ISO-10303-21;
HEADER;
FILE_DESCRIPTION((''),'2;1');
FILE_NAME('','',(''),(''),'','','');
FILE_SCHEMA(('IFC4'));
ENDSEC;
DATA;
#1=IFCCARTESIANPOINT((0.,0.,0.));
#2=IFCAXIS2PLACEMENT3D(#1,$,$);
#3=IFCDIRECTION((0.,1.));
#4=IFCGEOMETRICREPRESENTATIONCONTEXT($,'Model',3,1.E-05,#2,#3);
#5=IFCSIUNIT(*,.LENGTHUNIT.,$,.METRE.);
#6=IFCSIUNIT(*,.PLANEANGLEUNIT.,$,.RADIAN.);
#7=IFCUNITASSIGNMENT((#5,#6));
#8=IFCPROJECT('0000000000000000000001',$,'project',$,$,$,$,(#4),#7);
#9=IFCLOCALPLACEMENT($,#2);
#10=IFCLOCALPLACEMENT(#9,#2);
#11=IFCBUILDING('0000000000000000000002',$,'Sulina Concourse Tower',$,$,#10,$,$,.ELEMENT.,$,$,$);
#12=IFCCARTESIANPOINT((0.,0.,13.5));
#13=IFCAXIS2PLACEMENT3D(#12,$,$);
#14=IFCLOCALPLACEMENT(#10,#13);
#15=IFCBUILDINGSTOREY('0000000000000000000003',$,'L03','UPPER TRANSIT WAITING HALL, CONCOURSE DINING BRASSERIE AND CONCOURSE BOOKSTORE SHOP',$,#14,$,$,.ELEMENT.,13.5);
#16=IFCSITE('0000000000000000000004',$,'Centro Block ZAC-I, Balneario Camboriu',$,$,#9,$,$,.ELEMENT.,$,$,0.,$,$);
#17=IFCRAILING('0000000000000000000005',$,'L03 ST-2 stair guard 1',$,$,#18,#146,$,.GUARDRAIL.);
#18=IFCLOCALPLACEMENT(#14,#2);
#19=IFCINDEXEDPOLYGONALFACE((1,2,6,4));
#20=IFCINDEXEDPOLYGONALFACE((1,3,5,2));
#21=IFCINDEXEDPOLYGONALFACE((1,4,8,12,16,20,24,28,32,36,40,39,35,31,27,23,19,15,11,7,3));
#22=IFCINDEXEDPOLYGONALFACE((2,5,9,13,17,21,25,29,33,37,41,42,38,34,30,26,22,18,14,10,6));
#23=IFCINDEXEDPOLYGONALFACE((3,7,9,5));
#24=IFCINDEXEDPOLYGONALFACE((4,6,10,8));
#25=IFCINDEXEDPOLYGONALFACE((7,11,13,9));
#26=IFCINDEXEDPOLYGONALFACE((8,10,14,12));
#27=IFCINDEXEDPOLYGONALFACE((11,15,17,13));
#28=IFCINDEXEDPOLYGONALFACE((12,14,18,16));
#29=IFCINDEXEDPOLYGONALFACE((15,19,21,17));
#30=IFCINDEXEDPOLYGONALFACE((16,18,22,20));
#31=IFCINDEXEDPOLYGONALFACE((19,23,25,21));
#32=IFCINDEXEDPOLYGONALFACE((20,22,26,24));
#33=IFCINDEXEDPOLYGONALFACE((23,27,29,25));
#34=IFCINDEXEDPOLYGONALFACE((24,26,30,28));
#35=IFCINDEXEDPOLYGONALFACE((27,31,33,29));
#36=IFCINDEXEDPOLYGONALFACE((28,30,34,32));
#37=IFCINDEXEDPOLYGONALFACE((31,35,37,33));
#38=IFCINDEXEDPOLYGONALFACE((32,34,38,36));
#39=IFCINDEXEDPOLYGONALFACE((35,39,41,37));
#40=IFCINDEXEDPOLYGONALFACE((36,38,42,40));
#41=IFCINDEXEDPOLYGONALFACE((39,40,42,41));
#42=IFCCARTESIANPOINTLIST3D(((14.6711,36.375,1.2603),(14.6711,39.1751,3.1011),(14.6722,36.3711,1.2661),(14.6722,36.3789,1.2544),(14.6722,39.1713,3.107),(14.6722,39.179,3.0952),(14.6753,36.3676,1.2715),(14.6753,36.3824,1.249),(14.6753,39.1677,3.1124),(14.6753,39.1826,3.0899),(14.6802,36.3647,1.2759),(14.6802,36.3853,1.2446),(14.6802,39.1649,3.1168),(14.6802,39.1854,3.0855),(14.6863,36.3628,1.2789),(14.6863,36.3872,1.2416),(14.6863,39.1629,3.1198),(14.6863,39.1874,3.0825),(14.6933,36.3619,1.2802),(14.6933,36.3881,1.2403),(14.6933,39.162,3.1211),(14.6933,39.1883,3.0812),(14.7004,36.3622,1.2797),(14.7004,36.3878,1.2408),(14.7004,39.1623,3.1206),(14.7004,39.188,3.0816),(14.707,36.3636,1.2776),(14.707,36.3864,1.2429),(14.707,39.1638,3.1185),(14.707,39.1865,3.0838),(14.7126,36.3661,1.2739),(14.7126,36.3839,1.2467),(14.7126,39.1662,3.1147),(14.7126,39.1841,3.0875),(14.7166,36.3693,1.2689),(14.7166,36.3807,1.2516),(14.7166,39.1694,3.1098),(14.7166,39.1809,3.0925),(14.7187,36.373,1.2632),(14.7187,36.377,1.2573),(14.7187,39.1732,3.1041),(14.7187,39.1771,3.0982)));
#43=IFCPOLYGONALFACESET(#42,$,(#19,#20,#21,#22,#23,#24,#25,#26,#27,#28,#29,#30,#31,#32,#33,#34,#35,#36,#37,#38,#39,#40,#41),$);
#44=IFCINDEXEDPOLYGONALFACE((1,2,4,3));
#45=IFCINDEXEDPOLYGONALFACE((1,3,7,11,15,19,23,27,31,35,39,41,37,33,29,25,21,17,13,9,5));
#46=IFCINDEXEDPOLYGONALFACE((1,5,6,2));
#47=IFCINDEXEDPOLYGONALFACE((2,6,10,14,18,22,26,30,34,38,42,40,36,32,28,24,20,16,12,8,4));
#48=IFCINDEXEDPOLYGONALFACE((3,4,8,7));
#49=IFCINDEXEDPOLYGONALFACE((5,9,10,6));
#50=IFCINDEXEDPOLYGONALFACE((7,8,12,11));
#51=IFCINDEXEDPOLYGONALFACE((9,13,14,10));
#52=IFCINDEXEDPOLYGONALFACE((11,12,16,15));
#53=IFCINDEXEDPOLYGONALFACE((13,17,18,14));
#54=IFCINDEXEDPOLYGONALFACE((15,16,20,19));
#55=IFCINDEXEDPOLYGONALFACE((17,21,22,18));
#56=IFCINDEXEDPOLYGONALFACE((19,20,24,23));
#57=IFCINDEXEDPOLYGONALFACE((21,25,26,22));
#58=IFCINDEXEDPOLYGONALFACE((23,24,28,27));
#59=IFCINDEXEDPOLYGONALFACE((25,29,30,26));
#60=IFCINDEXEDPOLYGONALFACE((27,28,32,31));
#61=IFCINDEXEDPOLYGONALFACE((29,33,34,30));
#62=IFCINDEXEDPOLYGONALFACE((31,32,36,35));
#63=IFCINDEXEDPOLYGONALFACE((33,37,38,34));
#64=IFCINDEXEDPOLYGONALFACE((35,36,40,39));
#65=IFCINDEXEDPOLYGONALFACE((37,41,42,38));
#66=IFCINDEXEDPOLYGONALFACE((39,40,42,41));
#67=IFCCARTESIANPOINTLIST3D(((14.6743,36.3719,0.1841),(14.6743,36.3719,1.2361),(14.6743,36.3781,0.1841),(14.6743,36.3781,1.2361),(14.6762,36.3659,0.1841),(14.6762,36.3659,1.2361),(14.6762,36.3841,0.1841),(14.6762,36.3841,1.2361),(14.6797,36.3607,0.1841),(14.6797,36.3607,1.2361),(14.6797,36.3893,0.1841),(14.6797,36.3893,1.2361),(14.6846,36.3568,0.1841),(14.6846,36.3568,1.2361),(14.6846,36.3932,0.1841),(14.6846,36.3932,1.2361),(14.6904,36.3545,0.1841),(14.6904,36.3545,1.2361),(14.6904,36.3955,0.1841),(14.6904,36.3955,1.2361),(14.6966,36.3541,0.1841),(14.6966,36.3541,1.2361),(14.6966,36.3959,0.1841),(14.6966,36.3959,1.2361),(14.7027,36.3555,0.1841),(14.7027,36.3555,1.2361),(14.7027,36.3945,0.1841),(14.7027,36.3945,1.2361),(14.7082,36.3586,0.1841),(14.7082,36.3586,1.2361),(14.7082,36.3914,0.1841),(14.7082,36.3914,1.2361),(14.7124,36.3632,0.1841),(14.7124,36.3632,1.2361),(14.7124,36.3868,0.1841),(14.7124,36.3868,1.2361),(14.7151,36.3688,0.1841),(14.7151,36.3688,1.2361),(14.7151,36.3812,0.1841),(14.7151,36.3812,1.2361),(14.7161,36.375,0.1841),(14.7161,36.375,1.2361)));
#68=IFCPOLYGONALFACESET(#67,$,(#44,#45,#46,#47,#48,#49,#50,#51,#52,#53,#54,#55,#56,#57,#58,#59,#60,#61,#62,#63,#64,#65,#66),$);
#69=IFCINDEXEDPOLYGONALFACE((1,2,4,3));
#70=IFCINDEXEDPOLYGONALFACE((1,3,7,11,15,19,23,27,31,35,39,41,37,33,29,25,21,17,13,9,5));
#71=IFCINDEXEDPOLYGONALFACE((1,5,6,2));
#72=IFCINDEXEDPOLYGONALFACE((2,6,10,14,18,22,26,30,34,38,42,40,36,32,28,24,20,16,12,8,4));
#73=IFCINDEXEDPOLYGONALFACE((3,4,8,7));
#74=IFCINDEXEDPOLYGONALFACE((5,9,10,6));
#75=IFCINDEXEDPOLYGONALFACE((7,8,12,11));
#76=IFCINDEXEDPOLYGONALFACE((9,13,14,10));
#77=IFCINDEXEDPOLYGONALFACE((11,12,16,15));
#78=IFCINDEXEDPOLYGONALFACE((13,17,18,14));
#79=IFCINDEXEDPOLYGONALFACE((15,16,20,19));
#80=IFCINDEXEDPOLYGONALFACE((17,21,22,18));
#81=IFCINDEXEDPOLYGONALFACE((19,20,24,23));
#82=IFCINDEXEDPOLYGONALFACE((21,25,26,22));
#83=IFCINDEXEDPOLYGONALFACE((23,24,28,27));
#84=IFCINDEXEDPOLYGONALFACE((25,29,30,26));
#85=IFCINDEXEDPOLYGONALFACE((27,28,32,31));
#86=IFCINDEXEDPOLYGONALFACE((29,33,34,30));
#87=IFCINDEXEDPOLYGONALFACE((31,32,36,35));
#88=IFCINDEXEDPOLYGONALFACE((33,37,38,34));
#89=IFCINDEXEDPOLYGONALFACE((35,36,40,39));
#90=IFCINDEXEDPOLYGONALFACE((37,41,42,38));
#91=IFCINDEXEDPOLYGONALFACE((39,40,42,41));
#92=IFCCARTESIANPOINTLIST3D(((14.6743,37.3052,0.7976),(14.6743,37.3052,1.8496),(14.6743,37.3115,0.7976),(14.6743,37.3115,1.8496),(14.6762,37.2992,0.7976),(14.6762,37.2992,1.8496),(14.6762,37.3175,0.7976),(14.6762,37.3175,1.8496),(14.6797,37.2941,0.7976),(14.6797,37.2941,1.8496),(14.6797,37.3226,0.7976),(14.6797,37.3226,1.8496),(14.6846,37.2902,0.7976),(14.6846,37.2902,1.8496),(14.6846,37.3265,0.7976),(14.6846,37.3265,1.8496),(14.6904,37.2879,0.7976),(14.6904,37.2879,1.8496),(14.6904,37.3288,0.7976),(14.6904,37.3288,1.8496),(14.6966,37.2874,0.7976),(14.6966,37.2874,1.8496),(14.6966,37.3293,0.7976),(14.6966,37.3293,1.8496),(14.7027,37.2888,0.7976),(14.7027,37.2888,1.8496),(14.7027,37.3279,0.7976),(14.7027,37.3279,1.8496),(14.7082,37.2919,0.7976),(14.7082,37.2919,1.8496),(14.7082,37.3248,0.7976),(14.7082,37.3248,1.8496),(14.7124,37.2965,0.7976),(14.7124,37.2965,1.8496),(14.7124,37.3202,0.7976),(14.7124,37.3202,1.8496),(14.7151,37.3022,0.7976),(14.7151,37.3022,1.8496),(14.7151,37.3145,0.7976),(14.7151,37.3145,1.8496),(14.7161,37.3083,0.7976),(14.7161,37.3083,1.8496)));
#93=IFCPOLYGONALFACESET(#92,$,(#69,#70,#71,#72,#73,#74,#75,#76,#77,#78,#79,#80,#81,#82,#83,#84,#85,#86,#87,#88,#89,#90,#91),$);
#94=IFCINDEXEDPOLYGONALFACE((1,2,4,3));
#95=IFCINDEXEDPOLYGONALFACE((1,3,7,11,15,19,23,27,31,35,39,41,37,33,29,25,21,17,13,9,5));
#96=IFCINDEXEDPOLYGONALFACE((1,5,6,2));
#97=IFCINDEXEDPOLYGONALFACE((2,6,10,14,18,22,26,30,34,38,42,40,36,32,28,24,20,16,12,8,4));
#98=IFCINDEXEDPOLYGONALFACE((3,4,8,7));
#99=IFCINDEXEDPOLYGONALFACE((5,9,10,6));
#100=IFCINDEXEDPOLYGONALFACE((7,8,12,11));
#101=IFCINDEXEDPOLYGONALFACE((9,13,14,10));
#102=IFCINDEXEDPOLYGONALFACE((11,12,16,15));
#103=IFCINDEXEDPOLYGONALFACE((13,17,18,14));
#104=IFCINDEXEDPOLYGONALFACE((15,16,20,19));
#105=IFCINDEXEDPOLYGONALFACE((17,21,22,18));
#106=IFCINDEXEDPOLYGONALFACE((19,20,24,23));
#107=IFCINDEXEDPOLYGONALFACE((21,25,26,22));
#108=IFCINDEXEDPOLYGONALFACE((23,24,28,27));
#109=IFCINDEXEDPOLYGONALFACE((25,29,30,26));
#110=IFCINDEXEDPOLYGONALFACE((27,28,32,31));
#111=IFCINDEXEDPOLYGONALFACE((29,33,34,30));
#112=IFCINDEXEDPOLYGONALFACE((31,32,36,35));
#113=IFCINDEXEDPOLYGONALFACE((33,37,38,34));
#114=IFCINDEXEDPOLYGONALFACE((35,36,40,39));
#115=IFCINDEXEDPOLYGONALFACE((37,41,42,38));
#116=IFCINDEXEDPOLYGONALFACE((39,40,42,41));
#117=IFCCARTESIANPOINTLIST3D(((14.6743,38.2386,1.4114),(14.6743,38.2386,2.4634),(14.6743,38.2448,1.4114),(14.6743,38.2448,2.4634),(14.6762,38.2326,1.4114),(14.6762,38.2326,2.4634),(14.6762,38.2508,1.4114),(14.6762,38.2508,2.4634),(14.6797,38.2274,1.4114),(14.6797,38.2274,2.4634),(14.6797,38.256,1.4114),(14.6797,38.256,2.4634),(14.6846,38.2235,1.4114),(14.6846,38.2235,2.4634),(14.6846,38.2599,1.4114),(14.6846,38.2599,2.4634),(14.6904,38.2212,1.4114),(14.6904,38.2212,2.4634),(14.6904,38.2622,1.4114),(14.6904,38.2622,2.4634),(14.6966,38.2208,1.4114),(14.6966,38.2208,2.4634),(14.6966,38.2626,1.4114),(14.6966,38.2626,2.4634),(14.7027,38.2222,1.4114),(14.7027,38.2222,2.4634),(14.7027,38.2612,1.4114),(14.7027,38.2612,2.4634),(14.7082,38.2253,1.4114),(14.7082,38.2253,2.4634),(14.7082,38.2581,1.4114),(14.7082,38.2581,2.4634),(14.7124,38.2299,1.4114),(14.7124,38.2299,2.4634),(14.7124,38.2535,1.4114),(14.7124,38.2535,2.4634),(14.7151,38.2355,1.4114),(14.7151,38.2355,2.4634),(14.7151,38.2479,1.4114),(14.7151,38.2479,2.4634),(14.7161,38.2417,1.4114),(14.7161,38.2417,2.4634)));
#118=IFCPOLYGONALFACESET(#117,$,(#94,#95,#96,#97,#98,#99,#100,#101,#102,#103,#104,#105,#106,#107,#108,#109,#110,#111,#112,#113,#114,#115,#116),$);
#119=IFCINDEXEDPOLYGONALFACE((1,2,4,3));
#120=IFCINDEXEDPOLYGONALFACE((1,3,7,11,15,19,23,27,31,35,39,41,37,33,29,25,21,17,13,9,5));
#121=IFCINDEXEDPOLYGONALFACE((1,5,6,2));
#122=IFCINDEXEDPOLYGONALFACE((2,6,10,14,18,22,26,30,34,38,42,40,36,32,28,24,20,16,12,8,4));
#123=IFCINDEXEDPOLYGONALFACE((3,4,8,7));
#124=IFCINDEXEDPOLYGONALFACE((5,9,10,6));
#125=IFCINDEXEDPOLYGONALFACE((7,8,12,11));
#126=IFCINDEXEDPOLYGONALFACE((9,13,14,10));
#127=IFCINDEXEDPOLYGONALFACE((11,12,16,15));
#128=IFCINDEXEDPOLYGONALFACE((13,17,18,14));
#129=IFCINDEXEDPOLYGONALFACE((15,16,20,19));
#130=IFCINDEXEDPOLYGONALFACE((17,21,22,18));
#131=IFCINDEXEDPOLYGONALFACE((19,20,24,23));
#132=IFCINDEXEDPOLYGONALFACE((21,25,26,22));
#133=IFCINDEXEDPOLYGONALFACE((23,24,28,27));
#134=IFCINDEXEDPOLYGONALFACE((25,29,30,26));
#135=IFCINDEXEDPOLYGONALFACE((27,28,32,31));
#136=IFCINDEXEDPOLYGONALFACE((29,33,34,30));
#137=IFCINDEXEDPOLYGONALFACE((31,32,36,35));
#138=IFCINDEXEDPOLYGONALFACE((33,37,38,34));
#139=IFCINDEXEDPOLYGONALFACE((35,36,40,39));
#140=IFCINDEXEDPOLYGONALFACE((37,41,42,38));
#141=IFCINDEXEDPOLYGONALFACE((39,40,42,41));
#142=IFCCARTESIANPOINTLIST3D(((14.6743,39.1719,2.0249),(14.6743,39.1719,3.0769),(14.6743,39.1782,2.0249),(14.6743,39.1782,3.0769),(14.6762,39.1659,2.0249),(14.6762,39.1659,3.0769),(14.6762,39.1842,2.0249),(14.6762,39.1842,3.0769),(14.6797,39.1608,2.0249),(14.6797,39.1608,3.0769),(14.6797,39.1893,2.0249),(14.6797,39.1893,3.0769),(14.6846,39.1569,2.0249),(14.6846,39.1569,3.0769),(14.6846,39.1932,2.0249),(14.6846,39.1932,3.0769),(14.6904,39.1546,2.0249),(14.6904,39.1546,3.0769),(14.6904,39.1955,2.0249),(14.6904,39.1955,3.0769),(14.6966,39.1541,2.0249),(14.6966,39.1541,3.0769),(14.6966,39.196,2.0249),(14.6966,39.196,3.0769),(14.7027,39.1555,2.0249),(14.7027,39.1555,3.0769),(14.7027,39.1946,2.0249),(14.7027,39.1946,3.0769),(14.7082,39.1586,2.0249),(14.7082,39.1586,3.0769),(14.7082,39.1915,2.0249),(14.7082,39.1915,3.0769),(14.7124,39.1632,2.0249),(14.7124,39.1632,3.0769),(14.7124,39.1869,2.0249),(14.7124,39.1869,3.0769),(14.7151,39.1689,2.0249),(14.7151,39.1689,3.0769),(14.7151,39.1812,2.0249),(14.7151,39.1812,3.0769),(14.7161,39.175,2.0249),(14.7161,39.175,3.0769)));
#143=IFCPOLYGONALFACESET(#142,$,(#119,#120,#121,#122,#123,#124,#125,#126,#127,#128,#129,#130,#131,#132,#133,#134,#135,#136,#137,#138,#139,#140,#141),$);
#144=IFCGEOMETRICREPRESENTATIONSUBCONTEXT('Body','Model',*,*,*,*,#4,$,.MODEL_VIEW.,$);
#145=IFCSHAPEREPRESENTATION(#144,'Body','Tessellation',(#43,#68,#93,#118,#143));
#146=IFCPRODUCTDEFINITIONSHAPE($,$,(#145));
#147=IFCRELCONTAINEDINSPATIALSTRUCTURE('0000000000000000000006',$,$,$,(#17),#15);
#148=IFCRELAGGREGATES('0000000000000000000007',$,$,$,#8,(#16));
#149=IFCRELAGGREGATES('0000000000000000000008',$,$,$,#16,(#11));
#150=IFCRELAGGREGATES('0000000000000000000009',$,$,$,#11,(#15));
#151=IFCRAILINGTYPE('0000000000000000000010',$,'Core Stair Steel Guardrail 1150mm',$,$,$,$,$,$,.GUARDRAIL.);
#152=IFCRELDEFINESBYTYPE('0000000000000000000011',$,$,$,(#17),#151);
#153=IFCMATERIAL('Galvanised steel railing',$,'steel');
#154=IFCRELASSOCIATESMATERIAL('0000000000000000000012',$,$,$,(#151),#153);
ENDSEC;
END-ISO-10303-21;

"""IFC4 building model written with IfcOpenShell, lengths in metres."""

from ifc_helpers import new_model, si_unit, direction, frame, origin, origin_2d, place, context, subcontext, project, spatial, circle, extrude, material, type_object, element, save


model = new_model("IFC4")

# Units and contexts
model_context = context("Model", 3, precision=1e-05, world=origin(), true_north=direction((0.0, 1.0)))
body_context = subcontext(model_context, "Body", "Model", "MODEL_VIEW")
ifc_project = project(units=[si_unit("LENGTHUNIT", "METRE"), si_unit("PLANEANGLEUNIT", "RADIAN")], contexts=[model_context])

# Site, building, storey
site_placement = place(None, origin())
site = spatial("IfcSite", under=ifc_project, at=site_placement, Name="Centro Block ZAC-I, Balneario Camboriu", CompositionType="ELEMENT", RefElevation=0.0)
building_placement = place(site_placement, origin())
building = spatial("IfcBuilding", under=site, at=building_placement, Name="Sulina Concourse Tower", CompositionType="ELEMENT")
storey_placement = place(building_placement, frame((0.0, 0.0, 13.5)))
storey = spatial("IfcBuildingStorey", under=building, at=storey_placement, Name="L03", Description="UPPER TRANSIT WAITING HALL, CONCOURSE DINING BRASSERIE AND CONCOURSE BOOKSTORE SHOP", CompositionType="ELEMENT", Elevation=13.5)

# Railing
ifc_material_1 = material(Name="Galvanised steel railing", Category="steel")
railing_type_1 = type_object("IfcRailingType", Name="Core Stair Steel Guardrail 1150mm", PredefinedType="GUARDRAIL", material=ifc_material_1)
railing_1_placement = place(storey_placement, frame((14.6951, 36.375, 0.1841)))
element("IfcRailing", 1, at=railing_1_placement, inside=storey, type_object=railing_type_1, Name="L03 ST-2 stair guard 1", PredefinedType="GUARDRAIL", context=body_context, shape_type="SweptSolid", body=[
    extrude(circle(Radius=0.0239, at=origin_2d()), frame((0.0, 0.0, 1.0762), z_axis=(0.0, 0.835598, 0.549342), x_axis=(-1.0, 0.0, 0.0)), (0.0, 0.0, 1.0), 3.3511),
    extrude(circle(Radius=0.021, at=origin_2d()), origin(), (0.0, 0.0, 1.0), 1.052),
    extrude(circle(Radius=0.021, at=origin_2d()), frame((0.0, 0.9333, 0.6135)), (0.0, 0.0, 1.0), 1.052),
    extrude(circle(Radius=0.021, at=origin_2d()), frame((0.0, 1.8667, 1.2273)), (0.0, 0.0, 1.0), 1.052),
    extrude(circle(Radius=0.021, at=origin_2d()), frame((0.0, 2.8, 1.8408)), (0.0, 0.0, 1.0), 1.052),
])

save(model, "model.ifc")
